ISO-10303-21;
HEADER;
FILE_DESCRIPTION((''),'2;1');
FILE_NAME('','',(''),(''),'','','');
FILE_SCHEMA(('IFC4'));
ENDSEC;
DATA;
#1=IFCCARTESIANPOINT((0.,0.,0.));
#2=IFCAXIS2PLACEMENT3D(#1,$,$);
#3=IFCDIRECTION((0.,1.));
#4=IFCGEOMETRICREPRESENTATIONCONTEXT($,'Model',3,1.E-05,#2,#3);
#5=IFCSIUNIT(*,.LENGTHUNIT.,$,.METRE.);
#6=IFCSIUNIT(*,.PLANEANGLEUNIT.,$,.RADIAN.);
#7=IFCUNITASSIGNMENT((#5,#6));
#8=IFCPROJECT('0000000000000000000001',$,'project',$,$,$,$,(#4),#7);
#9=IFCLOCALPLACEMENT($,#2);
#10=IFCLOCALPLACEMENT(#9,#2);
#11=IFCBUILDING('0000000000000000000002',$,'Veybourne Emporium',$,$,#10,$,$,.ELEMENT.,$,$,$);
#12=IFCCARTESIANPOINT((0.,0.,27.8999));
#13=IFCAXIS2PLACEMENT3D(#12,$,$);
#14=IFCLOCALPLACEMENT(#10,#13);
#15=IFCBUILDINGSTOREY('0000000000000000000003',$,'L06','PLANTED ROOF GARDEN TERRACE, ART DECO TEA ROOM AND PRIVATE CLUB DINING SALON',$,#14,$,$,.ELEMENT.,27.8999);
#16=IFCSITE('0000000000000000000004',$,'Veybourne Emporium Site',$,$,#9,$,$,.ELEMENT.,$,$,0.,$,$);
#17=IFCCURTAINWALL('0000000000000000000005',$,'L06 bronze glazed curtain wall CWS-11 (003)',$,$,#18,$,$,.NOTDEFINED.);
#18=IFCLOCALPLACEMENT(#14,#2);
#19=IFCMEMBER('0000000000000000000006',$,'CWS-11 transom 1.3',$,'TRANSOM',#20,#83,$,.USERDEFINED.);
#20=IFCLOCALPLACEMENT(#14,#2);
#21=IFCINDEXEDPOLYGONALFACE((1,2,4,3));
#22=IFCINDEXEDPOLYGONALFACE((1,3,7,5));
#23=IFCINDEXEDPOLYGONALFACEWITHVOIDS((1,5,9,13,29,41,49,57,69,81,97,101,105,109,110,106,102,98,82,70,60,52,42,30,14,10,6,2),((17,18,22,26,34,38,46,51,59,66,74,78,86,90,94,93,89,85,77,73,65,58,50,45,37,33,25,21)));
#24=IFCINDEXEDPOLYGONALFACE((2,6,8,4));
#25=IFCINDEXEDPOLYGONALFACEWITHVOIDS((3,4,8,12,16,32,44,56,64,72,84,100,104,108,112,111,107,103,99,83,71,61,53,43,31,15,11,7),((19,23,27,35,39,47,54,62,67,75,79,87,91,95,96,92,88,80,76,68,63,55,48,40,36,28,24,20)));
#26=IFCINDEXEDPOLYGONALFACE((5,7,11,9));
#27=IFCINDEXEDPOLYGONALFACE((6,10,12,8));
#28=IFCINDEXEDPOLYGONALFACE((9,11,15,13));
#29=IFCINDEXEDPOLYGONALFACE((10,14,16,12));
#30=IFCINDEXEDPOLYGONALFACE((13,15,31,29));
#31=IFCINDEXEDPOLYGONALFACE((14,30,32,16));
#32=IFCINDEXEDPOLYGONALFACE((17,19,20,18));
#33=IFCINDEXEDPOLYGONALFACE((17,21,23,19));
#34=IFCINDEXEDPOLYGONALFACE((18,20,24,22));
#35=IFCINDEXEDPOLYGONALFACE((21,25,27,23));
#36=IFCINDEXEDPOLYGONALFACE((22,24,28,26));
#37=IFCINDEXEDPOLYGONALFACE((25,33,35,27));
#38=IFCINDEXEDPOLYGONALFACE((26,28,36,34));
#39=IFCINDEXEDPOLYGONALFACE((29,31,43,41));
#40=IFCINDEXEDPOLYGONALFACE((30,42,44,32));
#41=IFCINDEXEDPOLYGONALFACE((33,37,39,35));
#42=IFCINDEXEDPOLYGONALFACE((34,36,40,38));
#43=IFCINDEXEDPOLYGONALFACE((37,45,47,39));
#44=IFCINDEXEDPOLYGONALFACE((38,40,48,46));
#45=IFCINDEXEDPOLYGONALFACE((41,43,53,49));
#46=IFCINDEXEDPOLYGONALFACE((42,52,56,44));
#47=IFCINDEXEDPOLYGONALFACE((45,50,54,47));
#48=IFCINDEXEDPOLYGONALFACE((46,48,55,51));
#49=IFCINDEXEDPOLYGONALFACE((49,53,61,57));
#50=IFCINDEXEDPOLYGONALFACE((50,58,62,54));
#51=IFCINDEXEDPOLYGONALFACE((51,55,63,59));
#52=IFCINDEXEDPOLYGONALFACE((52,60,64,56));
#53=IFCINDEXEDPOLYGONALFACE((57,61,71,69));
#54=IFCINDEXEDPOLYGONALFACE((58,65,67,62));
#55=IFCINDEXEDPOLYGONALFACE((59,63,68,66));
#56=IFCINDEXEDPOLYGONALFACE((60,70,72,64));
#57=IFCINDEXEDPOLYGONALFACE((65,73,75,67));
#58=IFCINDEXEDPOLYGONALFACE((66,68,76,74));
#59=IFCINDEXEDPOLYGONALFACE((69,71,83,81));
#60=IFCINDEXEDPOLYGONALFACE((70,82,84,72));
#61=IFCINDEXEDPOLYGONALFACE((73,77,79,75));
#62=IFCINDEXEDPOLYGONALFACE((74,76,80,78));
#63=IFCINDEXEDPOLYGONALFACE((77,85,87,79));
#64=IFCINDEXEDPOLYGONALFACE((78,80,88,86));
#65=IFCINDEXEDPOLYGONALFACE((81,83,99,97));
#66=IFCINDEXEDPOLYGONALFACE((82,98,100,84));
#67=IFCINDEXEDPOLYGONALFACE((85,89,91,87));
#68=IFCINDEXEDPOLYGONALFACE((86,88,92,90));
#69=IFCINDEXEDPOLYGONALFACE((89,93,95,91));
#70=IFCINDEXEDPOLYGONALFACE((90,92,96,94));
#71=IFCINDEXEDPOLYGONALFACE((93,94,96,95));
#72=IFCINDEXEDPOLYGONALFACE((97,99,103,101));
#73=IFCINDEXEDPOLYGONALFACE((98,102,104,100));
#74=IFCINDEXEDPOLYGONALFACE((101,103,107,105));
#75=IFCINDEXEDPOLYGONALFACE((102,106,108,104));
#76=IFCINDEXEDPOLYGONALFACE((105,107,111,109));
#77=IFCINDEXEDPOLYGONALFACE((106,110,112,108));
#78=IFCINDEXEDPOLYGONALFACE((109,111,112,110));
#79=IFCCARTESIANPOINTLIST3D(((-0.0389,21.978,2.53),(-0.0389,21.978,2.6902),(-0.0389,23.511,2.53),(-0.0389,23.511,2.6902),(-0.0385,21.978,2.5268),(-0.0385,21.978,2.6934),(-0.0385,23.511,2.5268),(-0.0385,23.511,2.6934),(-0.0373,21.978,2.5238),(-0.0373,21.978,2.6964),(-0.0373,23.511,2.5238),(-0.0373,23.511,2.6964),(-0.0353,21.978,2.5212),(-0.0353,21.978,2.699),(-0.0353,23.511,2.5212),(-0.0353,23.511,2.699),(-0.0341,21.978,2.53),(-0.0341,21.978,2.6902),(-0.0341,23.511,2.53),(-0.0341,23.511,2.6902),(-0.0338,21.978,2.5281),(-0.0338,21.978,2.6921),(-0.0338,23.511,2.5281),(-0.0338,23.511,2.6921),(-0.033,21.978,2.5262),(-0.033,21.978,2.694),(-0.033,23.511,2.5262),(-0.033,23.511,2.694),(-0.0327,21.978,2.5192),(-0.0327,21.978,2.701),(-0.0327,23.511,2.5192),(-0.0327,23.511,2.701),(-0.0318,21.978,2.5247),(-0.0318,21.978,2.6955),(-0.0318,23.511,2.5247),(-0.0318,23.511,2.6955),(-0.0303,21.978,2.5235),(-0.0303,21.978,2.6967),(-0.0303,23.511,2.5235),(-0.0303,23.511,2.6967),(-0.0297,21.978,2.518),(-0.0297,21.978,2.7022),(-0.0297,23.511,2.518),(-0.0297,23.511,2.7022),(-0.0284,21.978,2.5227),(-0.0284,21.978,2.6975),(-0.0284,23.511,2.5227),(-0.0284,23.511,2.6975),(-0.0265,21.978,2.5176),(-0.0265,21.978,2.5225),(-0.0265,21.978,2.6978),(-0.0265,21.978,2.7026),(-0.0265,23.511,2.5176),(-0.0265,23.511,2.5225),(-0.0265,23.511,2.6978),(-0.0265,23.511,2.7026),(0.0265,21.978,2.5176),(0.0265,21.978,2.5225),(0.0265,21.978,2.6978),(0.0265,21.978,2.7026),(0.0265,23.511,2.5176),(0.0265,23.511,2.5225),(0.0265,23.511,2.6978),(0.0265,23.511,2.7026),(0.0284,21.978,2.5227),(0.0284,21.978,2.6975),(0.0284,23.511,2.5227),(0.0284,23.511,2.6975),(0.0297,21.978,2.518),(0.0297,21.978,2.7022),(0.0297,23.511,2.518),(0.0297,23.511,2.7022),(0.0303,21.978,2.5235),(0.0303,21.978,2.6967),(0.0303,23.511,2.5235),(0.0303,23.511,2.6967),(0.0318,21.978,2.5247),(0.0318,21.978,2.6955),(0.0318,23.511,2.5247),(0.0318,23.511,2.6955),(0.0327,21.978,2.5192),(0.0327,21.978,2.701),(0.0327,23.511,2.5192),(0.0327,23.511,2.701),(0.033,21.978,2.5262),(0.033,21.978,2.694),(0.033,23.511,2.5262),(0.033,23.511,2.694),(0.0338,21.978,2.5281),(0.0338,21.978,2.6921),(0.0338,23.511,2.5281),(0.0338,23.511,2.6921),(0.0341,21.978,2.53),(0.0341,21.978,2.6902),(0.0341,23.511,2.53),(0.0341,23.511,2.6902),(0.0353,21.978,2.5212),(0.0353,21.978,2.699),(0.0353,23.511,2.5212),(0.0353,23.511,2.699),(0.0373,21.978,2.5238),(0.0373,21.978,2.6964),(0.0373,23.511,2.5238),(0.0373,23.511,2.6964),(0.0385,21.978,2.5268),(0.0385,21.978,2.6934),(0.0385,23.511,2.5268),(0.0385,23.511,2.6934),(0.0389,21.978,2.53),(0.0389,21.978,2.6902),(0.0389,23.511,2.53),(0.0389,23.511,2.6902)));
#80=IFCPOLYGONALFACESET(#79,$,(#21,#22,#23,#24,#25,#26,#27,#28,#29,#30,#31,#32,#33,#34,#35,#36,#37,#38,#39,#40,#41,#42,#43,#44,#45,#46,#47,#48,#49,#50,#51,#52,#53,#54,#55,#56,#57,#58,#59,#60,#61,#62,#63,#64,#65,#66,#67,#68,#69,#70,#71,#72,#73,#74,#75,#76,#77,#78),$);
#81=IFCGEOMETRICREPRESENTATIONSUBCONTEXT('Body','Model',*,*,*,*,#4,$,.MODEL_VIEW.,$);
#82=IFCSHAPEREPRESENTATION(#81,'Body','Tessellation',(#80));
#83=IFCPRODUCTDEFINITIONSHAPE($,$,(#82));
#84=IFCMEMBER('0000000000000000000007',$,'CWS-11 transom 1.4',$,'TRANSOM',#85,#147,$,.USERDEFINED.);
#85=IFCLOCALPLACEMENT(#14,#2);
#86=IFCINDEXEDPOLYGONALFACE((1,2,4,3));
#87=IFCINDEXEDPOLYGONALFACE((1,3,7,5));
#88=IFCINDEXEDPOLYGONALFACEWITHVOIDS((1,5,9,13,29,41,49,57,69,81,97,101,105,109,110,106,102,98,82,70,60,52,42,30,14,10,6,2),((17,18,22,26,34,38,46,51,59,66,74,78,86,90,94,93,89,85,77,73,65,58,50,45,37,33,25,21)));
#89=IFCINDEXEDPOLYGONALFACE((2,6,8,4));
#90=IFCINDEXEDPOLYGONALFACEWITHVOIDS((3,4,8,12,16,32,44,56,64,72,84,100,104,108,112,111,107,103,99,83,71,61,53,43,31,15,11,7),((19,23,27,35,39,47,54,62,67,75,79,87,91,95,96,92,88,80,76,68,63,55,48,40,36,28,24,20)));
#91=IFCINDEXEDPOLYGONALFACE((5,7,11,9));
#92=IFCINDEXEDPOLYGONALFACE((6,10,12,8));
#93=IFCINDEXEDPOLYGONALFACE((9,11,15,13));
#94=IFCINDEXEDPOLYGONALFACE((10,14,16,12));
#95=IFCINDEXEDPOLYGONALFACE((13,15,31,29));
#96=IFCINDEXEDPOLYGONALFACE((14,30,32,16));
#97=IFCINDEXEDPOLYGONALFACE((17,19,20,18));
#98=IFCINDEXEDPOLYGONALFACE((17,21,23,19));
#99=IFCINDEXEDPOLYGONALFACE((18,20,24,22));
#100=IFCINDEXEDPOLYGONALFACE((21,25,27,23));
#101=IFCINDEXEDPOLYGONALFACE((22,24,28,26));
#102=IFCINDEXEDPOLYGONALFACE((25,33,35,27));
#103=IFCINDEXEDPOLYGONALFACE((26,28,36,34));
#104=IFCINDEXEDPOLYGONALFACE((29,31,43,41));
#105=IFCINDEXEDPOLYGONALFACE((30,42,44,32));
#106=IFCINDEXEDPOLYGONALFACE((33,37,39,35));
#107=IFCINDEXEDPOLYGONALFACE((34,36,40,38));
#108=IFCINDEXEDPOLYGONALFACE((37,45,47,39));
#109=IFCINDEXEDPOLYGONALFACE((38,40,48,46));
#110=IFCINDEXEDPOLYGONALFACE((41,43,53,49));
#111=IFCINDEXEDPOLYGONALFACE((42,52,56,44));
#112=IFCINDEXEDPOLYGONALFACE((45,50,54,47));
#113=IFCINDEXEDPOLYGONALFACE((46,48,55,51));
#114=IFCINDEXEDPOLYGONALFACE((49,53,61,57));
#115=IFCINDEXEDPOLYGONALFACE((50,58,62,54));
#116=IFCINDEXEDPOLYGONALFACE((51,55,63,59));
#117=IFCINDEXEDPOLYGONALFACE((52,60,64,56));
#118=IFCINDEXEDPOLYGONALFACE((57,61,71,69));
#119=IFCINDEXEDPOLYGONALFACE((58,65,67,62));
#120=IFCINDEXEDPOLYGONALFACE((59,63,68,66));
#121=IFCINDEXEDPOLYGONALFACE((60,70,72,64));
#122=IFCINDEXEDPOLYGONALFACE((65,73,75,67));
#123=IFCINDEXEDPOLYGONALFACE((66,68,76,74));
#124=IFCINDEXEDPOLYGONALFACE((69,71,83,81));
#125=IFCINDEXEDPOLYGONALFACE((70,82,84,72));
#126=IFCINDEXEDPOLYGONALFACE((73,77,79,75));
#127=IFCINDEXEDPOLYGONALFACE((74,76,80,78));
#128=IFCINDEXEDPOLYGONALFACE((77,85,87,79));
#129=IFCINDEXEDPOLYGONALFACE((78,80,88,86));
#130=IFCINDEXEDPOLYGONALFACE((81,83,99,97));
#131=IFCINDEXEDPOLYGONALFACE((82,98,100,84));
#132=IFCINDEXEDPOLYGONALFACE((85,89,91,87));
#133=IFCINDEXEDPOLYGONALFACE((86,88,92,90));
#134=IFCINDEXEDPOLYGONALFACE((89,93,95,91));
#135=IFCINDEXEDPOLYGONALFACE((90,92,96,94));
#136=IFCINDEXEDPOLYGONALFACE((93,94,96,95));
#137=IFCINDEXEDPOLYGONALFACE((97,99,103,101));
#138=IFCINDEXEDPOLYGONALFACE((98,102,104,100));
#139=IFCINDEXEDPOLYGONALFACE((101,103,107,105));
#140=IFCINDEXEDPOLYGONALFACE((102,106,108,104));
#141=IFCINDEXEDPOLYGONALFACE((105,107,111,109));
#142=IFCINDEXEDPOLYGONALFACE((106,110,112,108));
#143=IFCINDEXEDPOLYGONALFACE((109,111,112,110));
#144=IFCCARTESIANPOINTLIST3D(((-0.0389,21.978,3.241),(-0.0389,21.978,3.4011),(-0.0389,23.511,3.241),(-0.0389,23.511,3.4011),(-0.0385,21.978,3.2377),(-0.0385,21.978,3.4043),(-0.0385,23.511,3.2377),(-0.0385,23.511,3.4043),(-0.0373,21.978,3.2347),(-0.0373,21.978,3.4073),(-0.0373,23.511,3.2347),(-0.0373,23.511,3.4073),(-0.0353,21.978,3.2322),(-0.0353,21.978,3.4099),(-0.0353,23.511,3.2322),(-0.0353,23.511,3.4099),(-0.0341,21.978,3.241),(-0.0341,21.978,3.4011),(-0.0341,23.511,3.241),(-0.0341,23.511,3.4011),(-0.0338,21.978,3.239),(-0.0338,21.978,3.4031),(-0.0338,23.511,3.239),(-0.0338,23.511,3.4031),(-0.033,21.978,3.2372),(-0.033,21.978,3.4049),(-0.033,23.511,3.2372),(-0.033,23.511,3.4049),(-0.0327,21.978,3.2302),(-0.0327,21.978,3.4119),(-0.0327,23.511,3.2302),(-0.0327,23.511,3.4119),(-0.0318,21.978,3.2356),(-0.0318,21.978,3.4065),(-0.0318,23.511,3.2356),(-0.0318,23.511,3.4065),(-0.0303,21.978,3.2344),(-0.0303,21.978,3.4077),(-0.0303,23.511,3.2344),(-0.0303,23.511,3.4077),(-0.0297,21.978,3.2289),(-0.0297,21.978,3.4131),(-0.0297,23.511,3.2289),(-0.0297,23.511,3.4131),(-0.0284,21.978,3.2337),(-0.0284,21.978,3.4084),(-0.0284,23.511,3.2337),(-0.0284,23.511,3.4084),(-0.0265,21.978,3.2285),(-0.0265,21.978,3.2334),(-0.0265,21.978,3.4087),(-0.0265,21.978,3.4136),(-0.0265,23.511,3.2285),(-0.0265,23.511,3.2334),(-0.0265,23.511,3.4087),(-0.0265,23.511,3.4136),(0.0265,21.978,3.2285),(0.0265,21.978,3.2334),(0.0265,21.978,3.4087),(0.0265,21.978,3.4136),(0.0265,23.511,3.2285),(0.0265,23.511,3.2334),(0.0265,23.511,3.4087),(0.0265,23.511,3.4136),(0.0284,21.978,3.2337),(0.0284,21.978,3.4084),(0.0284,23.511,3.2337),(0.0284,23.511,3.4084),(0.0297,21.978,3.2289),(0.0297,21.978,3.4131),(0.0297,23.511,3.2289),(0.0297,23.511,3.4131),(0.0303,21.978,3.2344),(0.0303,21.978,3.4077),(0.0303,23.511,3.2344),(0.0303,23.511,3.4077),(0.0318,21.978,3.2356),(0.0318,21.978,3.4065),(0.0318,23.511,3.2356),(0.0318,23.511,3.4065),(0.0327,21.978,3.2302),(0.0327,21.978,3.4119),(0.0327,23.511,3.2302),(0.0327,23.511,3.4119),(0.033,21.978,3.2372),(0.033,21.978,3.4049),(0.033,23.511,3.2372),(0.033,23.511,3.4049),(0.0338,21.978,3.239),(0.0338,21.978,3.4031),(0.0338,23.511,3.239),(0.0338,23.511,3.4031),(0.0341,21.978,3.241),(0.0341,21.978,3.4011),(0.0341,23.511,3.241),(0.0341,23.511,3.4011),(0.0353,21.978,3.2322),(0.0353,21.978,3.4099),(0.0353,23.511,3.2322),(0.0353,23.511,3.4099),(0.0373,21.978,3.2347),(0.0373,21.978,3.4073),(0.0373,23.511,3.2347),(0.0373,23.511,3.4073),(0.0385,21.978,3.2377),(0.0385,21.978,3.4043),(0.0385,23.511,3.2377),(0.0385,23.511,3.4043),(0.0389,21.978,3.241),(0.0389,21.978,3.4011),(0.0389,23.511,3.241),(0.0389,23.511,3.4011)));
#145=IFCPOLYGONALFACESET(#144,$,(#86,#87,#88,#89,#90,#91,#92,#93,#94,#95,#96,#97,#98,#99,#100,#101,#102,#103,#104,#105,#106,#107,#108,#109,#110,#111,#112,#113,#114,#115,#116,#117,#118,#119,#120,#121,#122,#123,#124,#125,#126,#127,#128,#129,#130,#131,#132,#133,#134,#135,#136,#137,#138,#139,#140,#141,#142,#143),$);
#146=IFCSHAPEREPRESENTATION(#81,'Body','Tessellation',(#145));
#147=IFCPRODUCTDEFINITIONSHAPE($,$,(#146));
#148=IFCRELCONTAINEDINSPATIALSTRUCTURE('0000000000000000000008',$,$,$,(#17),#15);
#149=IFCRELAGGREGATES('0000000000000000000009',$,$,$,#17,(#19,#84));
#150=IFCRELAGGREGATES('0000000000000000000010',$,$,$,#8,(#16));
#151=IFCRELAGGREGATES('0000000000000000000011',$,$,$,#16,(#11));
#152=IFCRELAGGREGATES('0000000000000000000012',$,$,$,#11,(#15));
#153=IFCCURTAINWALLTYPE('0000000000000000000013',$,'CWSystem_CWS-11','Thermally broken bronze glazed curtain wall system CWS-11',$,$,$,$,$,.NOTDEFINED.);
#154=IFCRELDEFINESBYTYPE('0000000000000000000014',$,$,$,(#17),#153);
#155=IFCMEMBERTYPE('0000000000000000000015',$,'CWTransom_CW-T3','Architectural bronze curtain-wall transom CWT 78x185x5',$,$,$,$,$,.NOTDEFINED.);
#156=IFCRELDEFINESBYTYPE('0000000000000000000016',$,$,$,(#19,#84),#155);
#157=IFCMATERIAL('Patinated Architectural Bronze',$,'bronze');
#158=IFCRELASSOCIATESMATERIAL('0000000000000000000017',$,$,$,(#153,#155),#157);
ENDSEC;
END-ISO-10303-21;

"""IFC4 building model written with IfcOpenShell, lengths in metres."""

from ifc_helpers import new_model, si_unit, direction, frame, origin, origin_2d, place, context, subcontext, project, spatial, hollow_rectangle, extrude, material, material_profile, profile_set, type_object, element, aggregate, save


model = new_model("IFC4")

# Units and contexts
model_context = context("Model", 3, precision=1e-05, world=origin(), true_north=direction((0.0, 1.0)))
body_context = subcontext(model_context, "Body", "Model", "MODEL_VIEW")
ifc_project = project(units=[si_unit("LENGTHUNIT", "METRE"), si_unit("PLANEANGLEUNIT", "RADIAN")], contexts=[model_context])

# Site, building, storey
site_placement = place(None, origin())
site = spatial("IfcSite", under=ifc_project, at=site_placement, Name="Veybourne Emporium Site", CompositionType="ELEMENT", RefElevation=0.0)
building_placement = place(site_placement, origin())
building = spatial("IfcBuilding", under=site, at=building_placement, Name="Veybourne Emporium", CompositionType="ELEMENT")
storey_placement = place(building_placement, frame((0.0, 0.0, 27.8999)))
storey = spatial("IfcBuildingStorey", under=building, at=storey_placement, Name="L06", Description="PLANTED ROOF GARDEN TERRACE, ART DECO TEA ROOM AND PRIVATE CLUB DINING SALON", CompositionType="ELEMENT", Elevation=27.8999)

# Curtain wall, members
ifc_material_1 = material(Name="Patinated Architectural Bronze", Category="bronze")
curtain_wall_type = type_object("IfcCurtainWallType", Name="CWSystem_CWS-11", Description="Thermally broken bronze glazed curtain wall system CWS-11", PredefinedType="NOTDEFINED", material=ifc_material_1)
curtain_wall_placement = place(storey_placement, origin())
curtain_wall = element("IfcCurtainWall", 1, at=curtain_wall_placement, inside=storey, type_object=curtain_wall_type, Name="L06 bronze glazed curtain wall CWS-11 (003)", PredefinedType="NOTDEFINED")
ifc_material_profile_1 = material_profile(ifc_material_1, hollow_rectangle(XDim=0.0779, YDim=0.1851, WallThickness=0.0049, InnerFilletRadius=0.0076, OuterFilletRadius=0.0125, at=origin_2d()), Name="CWT 78x185x5")
ifc_profile_set_1 = profile_set([ifc_material_profile_1], Name="Patinated Architectural Bronze")
member_type_1 = type_object("IfcMemberType", Name="CWTransom_CW-T3", Description="Architectural bronze curtain-wall transom CWT 78x185x5", PredefinedType="NOTDEFINED", material=ifc_profile_set_1)
member_1_placement = place(storey_placement, frame((0.0, 21.978, 2.6101), z_axis=(0.0, 1.0, 0.0), x_axis=(-1.0, 0.0, 0.0)))
member_1 = element("IfcMember", 2, at=member_1_placement, type_object=member_type_1, Name="CWS-11 transom 1.3", ObjectType="TRANSOM", PredefinedType="USERDEFINED", context=body_context, shape_type="SweptSolid", body=[
    extrude(hollow_rectangle(XDim=0.0779, YDim=0.1851, WallThickness=0.0049, InnerFilletRadius=0.0076, OuterFilletRadius=0.0125, at=origin_2d()), origin(), (0.0, 0.0, 1.0), 1.533),
])
member_2_placement = place(storey_placement, frame((0.0, 21.978, 3.321), z_axis=(0.0, 1.0, 0.0), x_axis=(-1.0, 0.0, 0.0)))
member_2 = element("IfcMember", 3, at=member_2_placement, type_object=member_type_1, Name="CWS-11 transom 1.4", ObjectType="TRANSOM", PredefinedType="USERDEFINED", context=body_context, shape_type="SweptSolid", body=[
    extrude(hollow_rectangle(XDim=0.0779, YDim=0.1851, WallThickness=0.0049, InnerFilletRadius=0.0076, OuterFilletRadius=0.0125, at=origin_2d()), origin(), (0.0, 0.0, 1.0), 1.533),
])
aggregate(curtain_wall, [member_1, member_2])

save(model, "model.ifc")
